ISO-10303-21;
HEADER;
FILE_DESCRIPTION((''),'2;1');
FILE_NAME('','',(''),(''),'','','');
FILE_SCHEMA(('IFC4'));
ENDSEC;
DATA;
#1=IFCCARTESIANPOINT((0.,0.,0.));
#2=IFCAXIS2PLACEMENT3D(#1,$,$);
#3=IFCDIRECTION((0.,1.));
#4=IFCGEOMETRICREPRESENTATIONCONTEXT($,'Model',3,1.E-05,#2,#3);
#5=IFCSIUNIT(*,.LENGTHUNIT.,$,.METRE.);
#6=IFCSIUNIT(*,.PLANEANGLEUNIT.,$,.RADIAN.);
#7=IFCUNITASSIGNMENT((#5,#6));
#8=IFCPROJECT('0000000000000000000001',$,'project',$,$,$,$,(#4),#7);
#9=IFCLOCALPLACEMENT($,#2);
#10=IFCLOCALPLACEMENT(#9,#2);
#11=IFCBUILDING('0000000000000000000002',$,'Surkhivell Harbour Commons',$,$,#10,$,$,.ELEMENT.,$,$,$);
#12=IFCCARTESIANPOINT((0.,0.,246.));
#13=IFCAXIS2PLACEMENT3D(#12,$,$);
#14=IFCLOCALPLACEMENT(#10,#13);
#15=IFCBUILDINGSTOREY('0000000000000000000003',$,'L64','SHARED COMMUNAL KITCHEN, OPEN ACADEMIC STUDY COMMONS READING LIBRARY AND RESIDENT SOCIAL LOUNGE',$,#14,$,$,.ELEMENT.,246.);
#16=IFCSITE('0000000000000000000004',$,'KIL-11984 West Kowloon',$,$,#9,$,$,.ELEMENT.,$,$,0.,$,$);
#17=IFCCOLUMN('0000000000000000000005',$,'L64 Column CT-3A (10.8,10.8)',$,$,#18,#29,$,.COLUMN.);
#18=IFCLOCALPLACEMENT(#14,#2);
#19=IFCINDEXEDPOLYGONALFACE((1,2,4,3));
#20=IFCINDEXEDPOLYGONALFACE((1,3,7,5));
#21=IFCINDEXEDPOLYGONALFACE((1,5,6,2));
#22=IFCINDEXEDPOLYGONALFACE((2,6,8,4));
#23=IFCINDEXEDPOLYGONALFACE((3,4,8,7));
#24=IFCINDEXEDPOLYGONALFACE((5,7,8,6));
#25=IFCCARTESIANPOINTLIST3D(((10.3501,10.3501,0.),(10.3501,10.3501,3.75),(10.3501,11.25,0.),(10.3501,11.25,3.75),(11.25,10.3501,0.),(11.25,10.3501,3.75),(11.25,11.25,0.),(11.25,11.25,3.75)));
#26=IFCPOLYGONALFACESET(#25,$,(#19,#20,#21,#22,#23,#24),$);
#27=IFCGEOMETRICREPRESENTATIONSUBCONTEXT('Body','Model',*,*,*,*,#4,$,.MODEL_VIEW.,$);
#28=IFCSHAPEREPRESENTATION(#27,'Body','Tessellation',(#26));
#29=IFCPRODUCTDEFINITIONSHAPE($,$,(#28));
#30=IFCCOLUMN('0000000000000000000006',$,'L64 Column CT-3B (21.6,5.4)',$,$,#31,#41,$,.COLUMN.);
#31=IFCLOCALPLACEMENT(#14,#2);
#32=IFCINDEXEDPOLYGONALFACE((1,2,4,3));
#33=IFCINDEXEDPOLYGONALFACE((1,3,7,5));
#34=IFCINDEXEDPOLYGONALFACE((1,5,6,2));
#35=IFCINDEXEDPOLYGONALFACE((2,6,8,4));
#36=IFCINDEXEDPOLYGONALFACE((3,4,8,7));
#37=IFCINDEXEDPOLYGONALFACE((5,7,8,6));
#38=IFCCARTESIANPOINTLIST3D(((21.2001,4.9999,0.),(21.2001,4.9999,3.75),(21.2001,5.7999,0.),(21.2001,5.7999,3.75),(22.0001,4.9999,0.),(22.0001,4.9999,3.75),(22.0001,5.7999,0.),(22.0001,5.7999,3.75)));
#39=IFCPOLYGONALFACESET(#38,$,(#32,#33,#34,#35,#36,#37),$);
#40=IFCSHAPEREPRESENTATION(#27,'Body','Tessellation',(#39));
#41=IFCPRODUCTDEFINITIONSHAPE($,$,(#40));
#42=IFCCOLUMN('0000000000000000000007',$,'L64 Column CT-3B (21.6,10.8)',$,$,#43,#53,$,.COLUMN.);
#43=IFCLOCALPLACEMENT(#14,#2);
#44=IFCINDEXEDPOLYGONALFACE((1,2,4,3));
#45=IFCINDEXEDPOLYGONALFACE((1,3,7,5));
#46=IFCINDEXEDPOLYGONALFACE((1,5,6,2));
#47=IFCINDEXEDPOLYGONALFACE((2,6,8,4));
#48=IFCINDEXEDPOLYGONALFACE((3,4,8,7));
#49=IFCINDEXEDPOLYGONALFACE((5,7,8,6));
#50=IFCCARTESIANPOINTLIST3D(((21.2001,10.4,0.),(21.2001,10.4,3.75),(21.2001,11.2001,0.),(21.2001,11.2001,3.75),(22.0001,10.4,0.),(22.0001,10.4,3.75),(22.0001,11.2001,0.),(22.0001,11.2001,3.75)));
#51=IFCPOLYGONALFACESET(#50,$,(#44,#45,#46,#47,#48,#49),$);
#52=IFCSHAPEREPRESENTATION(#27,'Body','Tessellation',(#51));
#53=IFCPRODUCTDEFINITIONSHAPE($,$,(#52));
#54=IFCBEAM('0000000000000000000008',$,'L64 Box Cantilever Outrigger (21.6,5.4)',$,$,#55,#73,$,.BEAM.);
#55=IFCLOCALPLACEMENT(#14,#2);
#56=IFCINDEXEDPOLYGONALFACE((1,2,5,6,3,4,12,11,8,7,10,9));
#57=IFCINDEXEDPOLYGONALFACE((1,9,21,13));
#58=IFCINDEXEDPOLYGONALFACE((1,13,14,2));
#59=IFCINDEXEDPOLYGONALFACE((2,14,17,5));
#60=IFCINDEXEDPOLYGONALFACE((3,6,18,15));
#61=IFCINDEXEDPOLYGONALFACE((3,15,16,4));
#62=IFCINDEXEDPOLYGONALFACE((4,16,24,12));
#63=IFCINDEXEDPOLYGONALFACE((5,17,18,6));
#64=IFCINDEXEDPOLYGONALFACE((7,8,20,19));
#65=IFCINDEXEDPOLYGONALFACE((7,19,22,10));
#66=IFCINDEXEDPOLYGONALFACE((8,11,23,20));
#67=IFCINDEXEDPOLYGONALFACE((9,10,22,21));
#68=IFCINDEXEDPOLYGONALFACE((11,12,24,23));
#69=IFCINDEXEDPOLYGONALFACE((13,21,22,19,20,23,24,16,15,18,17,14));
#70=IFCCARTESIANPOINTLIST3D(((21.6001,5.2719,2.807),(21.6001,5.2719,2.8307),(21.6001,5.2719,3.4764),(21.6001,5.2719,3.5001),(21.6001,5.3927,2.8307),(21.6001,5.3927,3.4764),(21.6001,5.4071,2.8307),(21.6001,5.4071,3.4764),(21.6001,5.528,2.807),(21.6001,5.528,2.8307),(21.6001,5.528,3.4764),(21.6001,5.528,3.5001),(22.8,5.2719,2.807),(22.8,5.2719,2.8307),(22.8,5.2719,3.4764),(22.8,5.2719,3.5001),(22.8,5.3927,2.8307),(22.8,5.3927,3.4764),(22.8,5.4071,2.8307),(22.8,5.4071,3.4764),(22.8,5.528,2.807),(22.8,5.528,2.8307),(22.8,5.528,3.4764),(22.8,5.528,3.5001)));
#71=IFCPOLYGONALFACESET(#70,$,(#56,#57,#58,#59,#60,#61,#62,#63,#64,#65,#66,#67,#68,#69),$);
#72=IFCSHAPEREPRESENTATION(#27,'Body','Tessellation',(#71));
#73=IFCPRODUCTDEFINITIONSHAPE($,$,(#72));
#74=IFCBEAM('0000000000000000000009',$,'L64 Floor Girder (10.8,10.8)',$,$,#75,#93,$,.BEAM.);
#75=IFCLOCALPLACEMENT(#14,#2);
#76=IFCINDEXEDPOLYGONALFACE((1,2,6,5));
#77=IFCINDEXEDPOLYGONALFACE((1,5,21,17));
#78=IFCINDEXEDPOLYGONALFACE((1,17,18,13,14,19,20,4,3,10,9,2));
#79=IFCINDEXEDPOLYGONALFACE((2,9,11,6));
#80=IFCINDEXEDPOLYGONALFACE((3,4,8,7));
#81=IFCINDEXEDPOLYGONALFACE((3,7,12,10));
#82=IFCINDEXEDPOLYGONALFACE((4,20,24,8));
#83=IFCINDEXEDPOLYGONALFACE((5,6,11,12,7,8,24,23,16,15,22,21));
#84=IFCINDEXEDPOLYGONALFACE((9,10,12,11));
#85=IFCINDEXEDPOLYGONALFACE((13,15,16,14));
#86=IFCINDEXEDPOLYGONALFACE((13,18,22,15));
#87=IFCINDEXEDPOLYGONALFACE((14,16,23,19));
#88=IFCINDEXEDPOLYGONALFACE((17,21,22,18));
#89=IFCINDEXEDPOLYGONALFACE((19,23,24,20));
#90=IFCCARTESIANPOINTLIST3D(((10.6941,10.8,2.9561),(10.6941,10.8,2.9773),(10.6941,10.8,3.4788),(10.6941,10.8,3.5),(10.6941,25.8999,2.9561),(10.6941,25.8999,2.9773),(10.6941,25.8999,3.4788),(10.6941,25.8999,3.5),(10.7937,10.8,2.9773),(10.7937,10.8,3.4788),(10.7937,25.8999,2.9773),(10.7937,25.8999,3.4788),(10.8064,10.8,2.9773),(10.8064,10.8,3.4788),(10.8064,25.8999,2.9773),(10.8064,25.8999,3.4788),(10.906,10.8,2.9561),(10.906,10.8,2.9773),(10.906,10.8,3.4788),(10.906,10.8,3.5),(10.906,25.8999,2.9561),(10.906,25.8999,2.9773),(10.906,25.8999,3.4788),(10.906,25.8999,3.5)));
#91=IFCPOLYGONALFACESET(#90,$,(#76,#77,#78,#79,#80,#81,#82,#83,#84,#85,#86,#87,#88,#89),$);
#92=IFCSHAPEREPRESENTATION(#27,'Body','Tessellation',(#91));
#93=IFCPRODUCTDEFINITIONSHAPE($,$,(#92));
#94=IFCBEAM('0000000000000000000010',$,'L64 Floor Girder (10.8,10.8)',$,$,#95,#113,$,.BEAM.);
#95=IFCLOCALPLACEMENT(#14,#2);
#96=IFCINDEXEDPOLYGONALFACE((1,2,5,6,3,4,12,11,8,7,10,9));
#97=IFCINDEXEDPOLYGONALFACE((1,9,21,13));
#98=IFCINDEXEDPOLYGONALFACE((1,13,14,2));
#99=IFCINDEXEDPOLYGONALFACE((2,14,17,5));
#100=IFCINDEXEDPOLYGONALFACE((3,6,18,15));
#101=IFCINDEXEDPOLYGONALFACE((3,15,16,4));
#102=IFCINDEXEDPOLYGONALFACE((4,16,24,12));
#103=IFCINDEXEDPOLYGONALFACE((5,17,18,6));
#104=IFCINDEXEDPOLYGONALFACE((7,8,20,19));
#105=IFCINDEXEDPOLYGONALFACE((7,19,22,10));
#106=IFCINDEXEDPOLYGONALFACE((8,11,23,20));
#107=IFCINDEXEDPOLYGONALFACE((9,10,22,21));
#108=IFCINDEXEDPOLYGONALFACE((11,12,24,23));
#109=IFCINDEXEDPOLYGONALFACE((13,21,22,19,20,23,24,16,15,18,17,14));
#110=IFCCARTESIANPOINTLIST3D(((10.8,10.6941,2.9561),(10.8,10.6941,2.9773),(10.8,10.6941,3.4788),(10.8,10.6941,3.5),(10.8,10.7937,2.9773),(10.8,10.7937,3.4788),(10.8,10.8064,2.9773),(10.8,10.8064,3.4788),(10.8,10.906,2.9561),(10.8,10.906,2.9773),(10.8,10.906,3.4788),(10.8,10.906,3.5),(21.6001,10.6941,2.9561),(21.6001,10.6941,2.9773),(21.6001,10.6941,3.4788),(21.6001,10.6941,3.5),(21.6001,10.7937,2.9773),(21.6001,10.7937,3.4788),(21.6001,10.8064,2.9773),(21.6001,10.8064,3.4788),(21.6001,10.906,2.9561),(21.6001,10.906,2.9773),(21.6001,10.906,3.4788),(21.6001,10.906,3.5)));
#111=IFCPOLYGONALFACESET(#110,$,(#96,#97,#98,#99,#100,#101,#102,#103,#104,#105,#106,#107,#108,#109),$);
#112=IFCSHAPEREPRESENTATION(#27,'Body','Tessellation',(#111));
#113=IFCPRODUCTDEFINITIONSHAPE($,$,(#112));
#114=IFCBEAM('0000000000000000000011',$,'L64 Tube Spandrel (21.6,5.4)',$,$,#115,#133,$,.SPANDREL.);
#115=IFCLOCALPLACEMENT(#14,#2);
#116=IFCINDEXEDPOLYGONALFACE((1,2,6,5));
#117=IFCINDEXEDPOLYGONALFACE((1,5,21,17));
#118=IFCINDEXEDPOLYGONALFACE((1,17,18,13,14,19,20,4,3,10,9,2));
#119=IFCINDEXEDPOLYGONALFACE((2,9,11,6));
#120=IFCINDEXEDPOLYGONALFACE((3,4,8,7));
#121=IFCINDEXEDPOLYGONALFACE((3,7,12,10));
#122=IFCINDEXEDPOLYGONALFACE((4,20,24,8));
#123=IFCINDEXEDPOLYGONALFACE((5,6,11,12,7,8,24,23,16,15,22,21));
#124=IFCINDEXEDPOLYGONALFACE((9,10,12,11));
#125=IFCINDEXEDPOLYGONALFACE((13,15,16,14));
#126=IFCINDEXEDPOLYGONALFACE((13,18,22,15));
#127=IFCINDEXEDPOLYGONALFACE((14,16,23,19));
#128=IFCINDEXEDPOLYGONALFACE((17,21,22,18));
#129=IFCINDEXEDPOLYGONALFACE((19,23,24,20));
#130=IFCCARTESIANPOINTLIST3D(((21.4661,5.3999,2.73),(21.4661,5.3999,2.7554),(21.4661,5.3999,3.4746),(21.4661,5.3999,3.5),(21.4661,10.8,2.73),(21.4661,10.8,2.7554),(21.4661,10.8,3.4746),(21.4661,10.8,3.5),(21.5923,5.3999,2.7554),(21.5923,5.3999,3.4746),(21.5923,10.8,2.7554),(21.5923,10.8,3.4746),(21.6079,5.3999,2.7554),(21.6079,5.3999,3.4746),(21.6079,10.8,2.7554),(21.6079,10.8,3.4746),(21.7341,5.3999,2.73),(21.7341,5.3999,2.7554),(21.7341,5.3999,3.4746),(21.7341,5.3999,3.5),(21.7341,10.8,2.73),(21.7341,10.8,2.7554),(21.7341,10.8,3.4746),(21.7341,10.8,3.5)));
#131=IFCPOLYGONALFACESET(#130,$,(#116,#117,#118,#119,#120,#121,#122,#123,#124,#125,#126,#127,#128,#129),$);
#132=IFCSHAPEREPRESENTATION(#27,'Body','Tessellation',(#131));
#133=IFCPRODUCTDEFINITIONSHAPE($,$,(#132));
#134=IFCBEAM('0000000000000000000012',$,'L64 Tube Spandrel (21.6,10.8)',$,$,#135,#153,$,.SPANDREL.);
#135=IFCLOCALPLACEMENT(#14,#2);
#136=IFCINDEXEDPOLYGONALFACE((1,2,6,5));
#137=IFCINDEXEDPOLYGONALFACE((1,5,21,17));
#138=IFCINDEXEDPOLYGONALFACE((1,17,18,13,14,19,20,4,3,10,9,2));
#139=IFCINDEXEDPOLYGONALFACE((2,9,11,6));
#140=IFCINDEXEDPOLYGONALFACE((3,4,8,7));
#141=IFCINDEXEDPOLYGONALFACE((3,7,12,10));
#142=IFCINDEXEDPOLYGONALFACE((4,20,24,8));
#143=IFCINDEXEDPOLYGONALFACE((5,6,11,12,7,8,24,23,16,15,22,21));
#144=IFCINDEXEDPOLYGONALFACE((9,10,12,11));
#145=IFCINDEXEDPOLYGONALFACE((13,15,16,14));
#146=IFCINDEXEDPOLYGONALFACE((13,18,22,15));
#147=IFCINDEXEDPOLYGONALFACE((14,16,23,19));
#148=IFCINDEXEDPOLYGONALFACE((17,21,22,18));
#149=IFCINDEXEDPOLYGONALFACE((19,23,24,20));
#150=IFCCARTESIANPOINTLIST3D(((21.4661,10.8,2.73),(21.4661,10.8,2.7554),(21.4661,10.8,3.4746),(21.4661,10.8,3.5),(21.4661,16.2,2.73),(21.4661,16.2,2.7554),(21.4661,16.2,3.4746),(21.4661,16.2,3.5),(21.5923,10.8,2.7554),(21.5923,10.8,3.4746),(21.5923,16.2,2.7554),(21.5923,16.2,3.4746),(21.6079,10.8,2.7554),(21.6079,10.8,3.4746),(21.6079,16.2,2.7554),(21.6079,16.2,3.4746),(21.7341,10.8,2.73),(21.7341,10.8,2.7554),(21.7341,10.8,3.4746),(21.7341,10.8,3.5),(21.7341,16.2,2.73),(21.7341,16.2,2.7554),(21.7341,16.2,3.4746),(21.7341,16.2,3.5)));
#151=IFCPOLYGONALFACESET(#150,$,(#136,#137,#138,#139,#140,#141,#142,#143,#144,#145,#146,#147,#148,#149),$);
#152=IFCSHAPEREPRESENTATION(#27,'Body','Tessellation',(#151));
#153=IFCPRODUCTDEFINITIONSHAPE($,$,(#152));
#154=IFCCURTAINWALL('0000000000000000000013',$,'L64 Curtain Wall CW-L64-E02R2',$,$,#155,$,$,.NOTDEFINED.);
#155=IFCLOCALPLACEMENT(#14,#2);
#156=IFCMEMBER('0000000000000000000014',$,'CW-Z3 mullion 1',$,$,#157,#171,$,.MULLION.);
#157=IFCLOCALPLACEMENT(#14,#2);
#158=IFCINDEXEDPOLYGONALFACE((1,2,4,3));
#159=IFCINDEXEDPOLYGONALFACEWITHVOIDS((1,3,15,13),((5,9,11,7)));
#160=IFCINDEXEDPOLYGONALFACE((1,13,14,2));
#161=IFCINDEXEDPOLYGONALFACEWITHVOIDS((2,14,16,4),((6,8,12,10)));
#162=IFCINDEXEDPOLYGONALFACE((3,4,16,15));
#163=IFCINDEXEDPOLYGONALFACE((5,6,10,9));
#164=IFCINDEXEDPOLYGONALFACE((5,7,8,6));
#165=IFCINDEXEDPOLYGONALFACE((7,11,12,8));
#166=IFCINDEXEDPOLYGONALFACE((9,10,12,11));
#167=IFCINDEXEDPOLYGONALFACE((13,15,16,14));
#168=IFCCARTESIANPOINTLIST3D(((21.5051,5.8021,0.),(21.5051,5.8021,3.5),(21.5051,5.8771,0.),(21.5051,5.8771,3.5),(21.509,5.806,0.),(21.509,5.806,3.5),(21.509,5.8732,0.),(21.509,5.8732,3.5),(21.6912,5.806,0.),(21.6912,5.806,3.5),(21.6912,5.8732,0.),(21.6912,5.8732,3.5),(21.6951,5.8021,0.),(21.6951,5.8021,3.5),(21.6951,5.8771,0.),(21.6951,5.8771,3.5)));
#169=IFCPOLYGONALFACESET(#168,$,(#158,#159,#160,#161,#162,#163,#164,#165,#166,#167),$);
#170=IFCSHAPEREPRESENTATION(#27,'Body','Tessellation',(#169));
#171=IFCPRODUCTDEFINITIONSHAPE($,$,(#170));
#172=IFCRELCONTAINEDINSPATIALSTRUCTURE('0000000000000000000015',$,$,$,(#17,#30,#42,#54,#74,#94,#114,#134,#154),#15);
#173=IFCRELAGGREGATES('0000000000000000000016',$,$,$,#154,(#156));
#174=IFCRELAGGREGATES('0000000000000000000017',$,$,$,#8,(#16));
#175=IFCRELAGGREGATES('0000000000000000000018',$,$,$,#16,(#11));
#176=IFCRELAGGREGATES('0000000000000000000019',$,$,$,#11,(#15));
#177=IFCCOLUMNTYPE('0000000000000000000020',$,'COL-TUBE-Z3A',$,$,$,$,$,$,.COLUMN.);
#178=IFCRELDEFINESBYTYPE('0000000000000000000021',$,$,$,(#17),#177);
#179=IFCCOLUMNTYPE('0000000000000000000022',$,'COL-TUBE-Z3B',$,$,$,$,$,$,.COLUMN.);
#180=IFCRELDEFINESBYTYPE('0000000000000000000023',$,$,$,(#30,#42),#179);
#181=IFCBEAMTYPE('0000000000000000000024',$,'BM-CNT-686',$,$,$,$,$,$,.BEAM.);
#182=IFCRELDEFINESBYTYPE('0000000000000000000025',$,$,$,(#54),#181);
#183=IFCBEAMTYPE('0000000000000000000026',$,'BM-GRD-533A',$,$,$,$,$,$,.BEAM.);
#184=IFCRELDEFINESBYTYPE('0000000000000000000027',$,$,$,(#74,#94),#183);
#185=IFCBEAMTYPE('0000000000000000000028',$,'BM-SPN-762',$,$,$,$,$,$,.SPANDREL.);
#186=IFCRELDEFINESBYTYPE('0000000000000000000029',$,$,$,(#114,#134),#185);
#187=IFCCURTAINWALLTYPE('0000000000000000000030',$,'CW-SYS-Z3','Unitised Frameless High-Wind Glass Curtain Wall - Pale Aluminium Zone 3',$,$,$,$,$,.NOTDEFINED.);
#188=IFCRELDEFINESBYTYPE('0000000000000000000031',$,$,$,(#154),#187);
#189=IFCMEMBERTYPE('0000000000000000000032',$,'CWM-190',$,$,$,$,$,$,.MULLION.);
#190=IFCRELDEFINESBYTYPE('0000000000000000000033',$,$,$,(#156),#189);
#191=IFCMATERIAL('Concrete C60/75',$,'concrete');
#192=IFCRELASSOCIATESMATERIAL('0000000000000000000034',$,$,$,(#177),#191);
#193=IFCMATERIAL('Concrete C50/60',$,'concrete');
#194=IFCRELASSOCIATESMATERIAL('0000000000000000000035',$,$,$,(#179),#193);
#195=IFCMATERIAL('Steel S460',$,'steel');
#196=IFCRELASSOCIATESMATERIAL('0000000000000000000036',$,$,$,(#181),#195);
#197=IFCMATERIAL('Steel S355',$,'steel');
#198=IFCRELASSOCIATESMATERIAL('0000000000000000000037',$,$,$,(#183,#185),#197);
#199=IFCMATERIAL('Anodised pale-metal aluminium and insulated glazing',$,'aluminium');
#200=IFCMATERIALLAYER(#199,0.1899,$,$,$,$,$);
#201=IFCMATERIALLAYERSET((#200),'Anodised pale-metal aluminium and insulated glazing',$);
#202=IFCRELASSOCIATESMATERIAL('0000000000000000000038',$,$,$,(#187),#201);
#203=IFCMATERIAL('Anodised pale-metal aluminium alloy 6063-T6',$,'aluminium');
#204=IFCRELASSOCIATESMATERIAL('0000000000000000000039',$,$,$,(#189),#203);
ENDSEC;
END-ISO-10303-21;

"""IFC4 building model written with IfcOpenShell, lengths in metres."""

from ifc_helpers import new_model, si_unit, direction, frame, origin, origin_2d, place, context, subcontext, project, spatial, rectangle, hollow_rectangle, i_section, extrude, material, layer, layer_set, material_profile, profile_set, type_object, element, aggregate, save


model = new_model("IFC4")

# Units and contexts
model_context = context("Model", 3, precision=1e-05, world=origin(), true_north=direction((0.0, 1.0)))
body_context = subcontext(model_context, "Body", "Model", "MODEL_VIEW")
ifc_project = project(units=[si_unit("LENGTHUNIT", "METRE"), si_unit("PLANEANGLEUNIT", "RADIAN")], contexts=[model_context])

# Site, building, storey
site_placement = place(None, origin())
site = spatial("IfcSite", under=ifc_project, at=site_placement, Name="KIL-11984 West Kowloon", CompositionType="ELEMENT", RefElevation=0.0)
building_placement = place(site_placement, origin())
building = spatial("IfcBuilding", under=site, at=building_placement, Name="Surkhivell Harbour Commons", CompositionType="ELEMENT")
storey_placement = place(building_placement, frame((0.0, 0.0, 246.0)))
storey = spatial("IfcBuildingStorey", under=building, at=storey_placement, Name="L64", Description="SHARED COMMUNAL KITCHEN, OPEN ACADEMIC STUDY COMMONS READING LIBRARY AND RESIDENT SOCIAL LOUNGE", CompositionType="ELEMENT", Elevation=246.0)

# Columns
ifc_material_1 = material(Name="Concrete C60/75", Category="concrete")
ifc_material_profile_1 = material_profile(ifc_material_1, rectangle(XDim=0.8999, YDim=0.8999, at=origin_2d()), Name="RC-COL-900x900")
ifc_profile_set_1 = profile_set([ifc_material_profile_1], Name="Concrete C60/75")
column_type_1 = type_object("IfcColumnType", Name="COL-TUBE-Z3A", PredefinedType="COLUMN", material=ifc_profile_set_1)
column_placement = place(storey_placement, frame((10.8, 10.8, 0.0), z_axis=(0.0, 0.0, 1.0), x_axis=(1.0, 0.0, 0.0)))
element("IfcColumn", 1, at=column_placement, inside=storey, type_object=column_type_1, Name="L64 Column CT-3A (10.8,10.8)", PredefinedType="COLUMN", context=body_context, shape_type="SweptSolid", body=[
    extrude(rectangle(XDim=0.8999, YDim=0.8999, at=origin_2d()), origin(), (0.0, 0.0, 1.0), 3.75),
])
ifc_material_2 = material(Name="Concrete C50/60", Category="concrete")
ifc_material_profile_2 = material_profile(ifc_material_2, rectangle(XDim=0.8, YDim=0.8, at=origin_2d()), Name="RC-COL-800x800")
ifc_profile_set_2 = profile_set([ifc_material_profile_2], Name="Concrete C50/60")
column_type_2 = type_object("IfcColumnType", Name="COL-TUBE-Z3B", PredefinedType="COLUMN", material=ifc_profile_set_2)
for number, where, z_axis, x_axis, name in (
    (2, (21.6001, 5.3999, 0.0), (0.0, 0.0, 1.0), (1.0, 0.0, 0.0), "L64 Column CT-3B (21.6,5.4)"),
    (3, (21.6001, 10.8, 0.0), (0.0, 0.0, 1.0), (1.0, 0.0, 0.0), "L64 Column CT-3B (21.6,10.8)"),
):
    element("IfcColumn", number, at=place(storey_placement, frame(where, z_axis=z_axis, x_axis=x_axis)), inside=storey, type_object=column_type_2, Name=name, PredefinedType="COLUMN", context=body_context, shape_type="SweptSolid", body=[
        extrude(rectangle(XDim=0.8, YDim=0.8, at=origin_2d()), origin(), (0.0, 0.0, 1.0), 3.75),
    ])

# Beams
ifc_material_3 = material(Name="Steel S460", Category="steel")
ifc_material_profile_3 = material_profile(ifc_material_3, i_section(OverallWidth=0.2561, OverallDepth=0.6931, WebThickness=0.0144, FlangeThickness=0.0237, at=origin_2d()), Name="UB686x254x170")
ifc_profile_set_3 = profile_set([ifc_material_profile_3], Name="Steel S460")
beam_type_1 = type_object("IfcBeamType", Name="BM-CNT-686", PredefinedType="BEAM", material=ifc_profile_set_3)
beam_1_placement = place(storey_placement, frame((21.6001, 5.3999, 3.1536), z_axis=(1.0, 0.0, 0.0), x_axis=(0.0, 1.0, 0.0)))
element("IfcBeam", 4, at=beam_1_placement, inside=storey, type_object=beam_type_1, Name="L64 Box Cantilever Outrigger (21.6,5.4)", PredefinedType="BEAM", context=body_context, shape_type="SweptSolid", body=[
    extrude(i_section(OverallWidth=0.2561, OverallDepth=0.6931, WebThickness=0.0144, FlangeThickness=0.0237, at=origin_2d()), origin(), (0.0, 0.0, 1.0), 1.2),
])
ifc_material_4 = material(Name="Steel S355", Category="steel")
ifc_material_profile_4 = material_profile(ifc_material_4, i_section(OverallWidth=0.2119, OverallDepth=0.5439, WebThickness=0.0127, FlangeThickness=0.0212, at=origin_2d()), Name="UB533x210x122")
ifc_profile_set_4 = profile_set([ifc_material_profile_4], Name="Steel S355")
beam_type_2 = type_object("IfcBeamType", Name="BM-GRD-533A", PredefinedType="BEAM", material=ifc_profile_set_4)
beam_2_placement = place(storey_placement, frame((10.8, 10.8, 3.228), z_axis=(0.0, 1.0, 0.0), x_axis=(-1.0, 0.0, 0.0)))
element("IfcBeam", 5, at=beam_2_placement, inside=storey, type_object=beam_type_2, Name="L64 Floor Girder (10.8,10.8)", PredefinedType="BEAM", context=body_context, shape_type="SweptSolid", body=[
    extrude(i_section(OverallWidth=0.2119, OverallDepth=0.5439, WebThickness=0.0127, FlangeThickness=0.0212, at=origin_2d()), origin(), (0.0, 0.0, 1.0), 15.0999),
])
beam_3_placement = place(storey_placement, frame((10.8, 10.8, 3.228), z_axis=(1.0, 0.0, 0.0), x_axis=(0.0, 1.0, 0.0)))
element("IfcBeam", 6, at=beam_3_placement, inside=storey, type_object=beam_type_2, Name="L64 Floor Girder (10.8,10.8)", PredefinedType="BEAM", context=body_context, shape_type="SweptSolid", body=[
    extrude(i_section(OverallWidth=0.2119, OverallDepth=0.5439, WebThickness=0.0127, FlangeThickness=0.0212, at=origin_2d()), origin(), (0.0, 0.0, 1.0), 10.8),
])
ifc_material_profile_5 = material_profile(ifc_material_4, i_section(OverallWidth=0.2681, OverallDepth=0.77, WebThickness=0.0156, FlangeThickness=0.0254, at=origin_2d()), Name="UB762x267x197")
ifc_profile_set_5 = profile_set([ifc_material_profile_5], Name="Steel S355")
beam_type_3 = type_object("IfcBeamType", Name="BM-SPN-762", PredefinedType="SPANDREL", material=ifc_profile_set_5)
beam_4_placement = place(storey_placement, frame((21.6001, 5.3999, 3.115), z_axis=(0.0, 1.0, 0.0), x_axis=(-1.0, 0.0, 0.0)))
element("IfcBeam", 7, at=beam_4_placement, inside=storey, type_object=beam_type_3, Name="L64 Tube Spandrel (21.6,5.4)", PredefinedType="SPANDREL", context=body_context, shape_type="SweptSolid", body=[
    extrude(i_section(OverallWidth=0.2681, OverallDepth=0.77, WebThickness=0.0156, FlangeThickness=0.0254, at=origin_2d()), origin(), (0.0, 0.0, 1.0), 5.4001),
])
beam_5_placement = place(storey_placement, frame((21.6001, 10.8, 3.115), z_axis=(0.0, 1.0, 0.0), x_axis=(-1.0, 0.0, 0.0)))
element("IfcBeam", 8, at=beam_5_placement, inside=storey, type_object=beam_type_3, Name="L64 Tube Spandrel (21.6,10.8)", PredefinedType="SPANDREL", context=body_context, shape_type="SweptSolid", body=[
    extrude(i_section(OverallWidth=0.2681, OverallDepth=0.77, WebThickness=0.0156, FlangeThickness=0.0254, at=origin_2d()), origin(), (0.0, 0.0, 1.0), 5.3999),
])

# Curtain wall, member
ifc_material_5 = material(Name="Anodised pale-metal aluminium and insulated glazing", Category="aluminium")
ifc_layer_1 = layer(ifc_material_5, 0.1899)
ifc_layer_set_1 = layer_set([ifc_layer_1], Name="Anodised pale-metal aluminium and insulated glazing")
curtain_wall_type = type_object("IfcCurtainWallType", Name="CW-SYS-Z3", Description="Unitised Frameless High-Wind Glass Curtain Wall - Pale Aluminium Zone 3", PredefinedType="NOTDEFINED", material=ifc_layer_set_1)
curtain_wall_placement = place(storey_placement, origin())
curtain_wall = element("IfcCurtainWall", 9, at=curtain_wall_placement, inside=storey, type_object=curtain_wall_type, Name="L64 Curtain Wall CW-L64-E02R2", PredefinedType="NOTDEFINED")
ifc_material_6 = material(Name="Anodised pale-metal aluminium alloy 6063-T6", Category="aluminium")
ifc_material_profile_6 = material_profile(ifc_material_6, hollow_rectangle(XDim=0.075, YDim=0.1899, WallThickness=0.0039, at=origin_2d()), Name="ALU-MULL-75x190")
ifc_profile_set_6 = profile_set([ifc_material_profile_6], Name="Anodised pale-metal aluminium alloy 6063-T6")
member_type_1 = type_object("IfcMemberType", Name="CWM-190", PredefinedType="MULLION", material=ifc_profile_set_6)
member_1_placement = place(storey_placement, frame((21.6001, 5.8396, 0.0), z_axis=(0.0, 0.0, 1.0), x_axis=(0.0, 1.0, 0.0)))
member_1 = element("IfcMember", 10, at=member_1_placement, type_object=member_type_1, Name="CW-Z3 mullion 1", PredefinedType="MULLION", context=body_context, shape_type="SweptSolid", body=[
    extrude(hollow_rectangle(XDim=0.075, YDim=0.1899, WallThickness=0.0039, at=origin_2d()), origin(), (0.0, 0.0, 1.0), 3.5),
])
aggregate(curtain_wall, [member_1])

save(model, "model.ifc")
